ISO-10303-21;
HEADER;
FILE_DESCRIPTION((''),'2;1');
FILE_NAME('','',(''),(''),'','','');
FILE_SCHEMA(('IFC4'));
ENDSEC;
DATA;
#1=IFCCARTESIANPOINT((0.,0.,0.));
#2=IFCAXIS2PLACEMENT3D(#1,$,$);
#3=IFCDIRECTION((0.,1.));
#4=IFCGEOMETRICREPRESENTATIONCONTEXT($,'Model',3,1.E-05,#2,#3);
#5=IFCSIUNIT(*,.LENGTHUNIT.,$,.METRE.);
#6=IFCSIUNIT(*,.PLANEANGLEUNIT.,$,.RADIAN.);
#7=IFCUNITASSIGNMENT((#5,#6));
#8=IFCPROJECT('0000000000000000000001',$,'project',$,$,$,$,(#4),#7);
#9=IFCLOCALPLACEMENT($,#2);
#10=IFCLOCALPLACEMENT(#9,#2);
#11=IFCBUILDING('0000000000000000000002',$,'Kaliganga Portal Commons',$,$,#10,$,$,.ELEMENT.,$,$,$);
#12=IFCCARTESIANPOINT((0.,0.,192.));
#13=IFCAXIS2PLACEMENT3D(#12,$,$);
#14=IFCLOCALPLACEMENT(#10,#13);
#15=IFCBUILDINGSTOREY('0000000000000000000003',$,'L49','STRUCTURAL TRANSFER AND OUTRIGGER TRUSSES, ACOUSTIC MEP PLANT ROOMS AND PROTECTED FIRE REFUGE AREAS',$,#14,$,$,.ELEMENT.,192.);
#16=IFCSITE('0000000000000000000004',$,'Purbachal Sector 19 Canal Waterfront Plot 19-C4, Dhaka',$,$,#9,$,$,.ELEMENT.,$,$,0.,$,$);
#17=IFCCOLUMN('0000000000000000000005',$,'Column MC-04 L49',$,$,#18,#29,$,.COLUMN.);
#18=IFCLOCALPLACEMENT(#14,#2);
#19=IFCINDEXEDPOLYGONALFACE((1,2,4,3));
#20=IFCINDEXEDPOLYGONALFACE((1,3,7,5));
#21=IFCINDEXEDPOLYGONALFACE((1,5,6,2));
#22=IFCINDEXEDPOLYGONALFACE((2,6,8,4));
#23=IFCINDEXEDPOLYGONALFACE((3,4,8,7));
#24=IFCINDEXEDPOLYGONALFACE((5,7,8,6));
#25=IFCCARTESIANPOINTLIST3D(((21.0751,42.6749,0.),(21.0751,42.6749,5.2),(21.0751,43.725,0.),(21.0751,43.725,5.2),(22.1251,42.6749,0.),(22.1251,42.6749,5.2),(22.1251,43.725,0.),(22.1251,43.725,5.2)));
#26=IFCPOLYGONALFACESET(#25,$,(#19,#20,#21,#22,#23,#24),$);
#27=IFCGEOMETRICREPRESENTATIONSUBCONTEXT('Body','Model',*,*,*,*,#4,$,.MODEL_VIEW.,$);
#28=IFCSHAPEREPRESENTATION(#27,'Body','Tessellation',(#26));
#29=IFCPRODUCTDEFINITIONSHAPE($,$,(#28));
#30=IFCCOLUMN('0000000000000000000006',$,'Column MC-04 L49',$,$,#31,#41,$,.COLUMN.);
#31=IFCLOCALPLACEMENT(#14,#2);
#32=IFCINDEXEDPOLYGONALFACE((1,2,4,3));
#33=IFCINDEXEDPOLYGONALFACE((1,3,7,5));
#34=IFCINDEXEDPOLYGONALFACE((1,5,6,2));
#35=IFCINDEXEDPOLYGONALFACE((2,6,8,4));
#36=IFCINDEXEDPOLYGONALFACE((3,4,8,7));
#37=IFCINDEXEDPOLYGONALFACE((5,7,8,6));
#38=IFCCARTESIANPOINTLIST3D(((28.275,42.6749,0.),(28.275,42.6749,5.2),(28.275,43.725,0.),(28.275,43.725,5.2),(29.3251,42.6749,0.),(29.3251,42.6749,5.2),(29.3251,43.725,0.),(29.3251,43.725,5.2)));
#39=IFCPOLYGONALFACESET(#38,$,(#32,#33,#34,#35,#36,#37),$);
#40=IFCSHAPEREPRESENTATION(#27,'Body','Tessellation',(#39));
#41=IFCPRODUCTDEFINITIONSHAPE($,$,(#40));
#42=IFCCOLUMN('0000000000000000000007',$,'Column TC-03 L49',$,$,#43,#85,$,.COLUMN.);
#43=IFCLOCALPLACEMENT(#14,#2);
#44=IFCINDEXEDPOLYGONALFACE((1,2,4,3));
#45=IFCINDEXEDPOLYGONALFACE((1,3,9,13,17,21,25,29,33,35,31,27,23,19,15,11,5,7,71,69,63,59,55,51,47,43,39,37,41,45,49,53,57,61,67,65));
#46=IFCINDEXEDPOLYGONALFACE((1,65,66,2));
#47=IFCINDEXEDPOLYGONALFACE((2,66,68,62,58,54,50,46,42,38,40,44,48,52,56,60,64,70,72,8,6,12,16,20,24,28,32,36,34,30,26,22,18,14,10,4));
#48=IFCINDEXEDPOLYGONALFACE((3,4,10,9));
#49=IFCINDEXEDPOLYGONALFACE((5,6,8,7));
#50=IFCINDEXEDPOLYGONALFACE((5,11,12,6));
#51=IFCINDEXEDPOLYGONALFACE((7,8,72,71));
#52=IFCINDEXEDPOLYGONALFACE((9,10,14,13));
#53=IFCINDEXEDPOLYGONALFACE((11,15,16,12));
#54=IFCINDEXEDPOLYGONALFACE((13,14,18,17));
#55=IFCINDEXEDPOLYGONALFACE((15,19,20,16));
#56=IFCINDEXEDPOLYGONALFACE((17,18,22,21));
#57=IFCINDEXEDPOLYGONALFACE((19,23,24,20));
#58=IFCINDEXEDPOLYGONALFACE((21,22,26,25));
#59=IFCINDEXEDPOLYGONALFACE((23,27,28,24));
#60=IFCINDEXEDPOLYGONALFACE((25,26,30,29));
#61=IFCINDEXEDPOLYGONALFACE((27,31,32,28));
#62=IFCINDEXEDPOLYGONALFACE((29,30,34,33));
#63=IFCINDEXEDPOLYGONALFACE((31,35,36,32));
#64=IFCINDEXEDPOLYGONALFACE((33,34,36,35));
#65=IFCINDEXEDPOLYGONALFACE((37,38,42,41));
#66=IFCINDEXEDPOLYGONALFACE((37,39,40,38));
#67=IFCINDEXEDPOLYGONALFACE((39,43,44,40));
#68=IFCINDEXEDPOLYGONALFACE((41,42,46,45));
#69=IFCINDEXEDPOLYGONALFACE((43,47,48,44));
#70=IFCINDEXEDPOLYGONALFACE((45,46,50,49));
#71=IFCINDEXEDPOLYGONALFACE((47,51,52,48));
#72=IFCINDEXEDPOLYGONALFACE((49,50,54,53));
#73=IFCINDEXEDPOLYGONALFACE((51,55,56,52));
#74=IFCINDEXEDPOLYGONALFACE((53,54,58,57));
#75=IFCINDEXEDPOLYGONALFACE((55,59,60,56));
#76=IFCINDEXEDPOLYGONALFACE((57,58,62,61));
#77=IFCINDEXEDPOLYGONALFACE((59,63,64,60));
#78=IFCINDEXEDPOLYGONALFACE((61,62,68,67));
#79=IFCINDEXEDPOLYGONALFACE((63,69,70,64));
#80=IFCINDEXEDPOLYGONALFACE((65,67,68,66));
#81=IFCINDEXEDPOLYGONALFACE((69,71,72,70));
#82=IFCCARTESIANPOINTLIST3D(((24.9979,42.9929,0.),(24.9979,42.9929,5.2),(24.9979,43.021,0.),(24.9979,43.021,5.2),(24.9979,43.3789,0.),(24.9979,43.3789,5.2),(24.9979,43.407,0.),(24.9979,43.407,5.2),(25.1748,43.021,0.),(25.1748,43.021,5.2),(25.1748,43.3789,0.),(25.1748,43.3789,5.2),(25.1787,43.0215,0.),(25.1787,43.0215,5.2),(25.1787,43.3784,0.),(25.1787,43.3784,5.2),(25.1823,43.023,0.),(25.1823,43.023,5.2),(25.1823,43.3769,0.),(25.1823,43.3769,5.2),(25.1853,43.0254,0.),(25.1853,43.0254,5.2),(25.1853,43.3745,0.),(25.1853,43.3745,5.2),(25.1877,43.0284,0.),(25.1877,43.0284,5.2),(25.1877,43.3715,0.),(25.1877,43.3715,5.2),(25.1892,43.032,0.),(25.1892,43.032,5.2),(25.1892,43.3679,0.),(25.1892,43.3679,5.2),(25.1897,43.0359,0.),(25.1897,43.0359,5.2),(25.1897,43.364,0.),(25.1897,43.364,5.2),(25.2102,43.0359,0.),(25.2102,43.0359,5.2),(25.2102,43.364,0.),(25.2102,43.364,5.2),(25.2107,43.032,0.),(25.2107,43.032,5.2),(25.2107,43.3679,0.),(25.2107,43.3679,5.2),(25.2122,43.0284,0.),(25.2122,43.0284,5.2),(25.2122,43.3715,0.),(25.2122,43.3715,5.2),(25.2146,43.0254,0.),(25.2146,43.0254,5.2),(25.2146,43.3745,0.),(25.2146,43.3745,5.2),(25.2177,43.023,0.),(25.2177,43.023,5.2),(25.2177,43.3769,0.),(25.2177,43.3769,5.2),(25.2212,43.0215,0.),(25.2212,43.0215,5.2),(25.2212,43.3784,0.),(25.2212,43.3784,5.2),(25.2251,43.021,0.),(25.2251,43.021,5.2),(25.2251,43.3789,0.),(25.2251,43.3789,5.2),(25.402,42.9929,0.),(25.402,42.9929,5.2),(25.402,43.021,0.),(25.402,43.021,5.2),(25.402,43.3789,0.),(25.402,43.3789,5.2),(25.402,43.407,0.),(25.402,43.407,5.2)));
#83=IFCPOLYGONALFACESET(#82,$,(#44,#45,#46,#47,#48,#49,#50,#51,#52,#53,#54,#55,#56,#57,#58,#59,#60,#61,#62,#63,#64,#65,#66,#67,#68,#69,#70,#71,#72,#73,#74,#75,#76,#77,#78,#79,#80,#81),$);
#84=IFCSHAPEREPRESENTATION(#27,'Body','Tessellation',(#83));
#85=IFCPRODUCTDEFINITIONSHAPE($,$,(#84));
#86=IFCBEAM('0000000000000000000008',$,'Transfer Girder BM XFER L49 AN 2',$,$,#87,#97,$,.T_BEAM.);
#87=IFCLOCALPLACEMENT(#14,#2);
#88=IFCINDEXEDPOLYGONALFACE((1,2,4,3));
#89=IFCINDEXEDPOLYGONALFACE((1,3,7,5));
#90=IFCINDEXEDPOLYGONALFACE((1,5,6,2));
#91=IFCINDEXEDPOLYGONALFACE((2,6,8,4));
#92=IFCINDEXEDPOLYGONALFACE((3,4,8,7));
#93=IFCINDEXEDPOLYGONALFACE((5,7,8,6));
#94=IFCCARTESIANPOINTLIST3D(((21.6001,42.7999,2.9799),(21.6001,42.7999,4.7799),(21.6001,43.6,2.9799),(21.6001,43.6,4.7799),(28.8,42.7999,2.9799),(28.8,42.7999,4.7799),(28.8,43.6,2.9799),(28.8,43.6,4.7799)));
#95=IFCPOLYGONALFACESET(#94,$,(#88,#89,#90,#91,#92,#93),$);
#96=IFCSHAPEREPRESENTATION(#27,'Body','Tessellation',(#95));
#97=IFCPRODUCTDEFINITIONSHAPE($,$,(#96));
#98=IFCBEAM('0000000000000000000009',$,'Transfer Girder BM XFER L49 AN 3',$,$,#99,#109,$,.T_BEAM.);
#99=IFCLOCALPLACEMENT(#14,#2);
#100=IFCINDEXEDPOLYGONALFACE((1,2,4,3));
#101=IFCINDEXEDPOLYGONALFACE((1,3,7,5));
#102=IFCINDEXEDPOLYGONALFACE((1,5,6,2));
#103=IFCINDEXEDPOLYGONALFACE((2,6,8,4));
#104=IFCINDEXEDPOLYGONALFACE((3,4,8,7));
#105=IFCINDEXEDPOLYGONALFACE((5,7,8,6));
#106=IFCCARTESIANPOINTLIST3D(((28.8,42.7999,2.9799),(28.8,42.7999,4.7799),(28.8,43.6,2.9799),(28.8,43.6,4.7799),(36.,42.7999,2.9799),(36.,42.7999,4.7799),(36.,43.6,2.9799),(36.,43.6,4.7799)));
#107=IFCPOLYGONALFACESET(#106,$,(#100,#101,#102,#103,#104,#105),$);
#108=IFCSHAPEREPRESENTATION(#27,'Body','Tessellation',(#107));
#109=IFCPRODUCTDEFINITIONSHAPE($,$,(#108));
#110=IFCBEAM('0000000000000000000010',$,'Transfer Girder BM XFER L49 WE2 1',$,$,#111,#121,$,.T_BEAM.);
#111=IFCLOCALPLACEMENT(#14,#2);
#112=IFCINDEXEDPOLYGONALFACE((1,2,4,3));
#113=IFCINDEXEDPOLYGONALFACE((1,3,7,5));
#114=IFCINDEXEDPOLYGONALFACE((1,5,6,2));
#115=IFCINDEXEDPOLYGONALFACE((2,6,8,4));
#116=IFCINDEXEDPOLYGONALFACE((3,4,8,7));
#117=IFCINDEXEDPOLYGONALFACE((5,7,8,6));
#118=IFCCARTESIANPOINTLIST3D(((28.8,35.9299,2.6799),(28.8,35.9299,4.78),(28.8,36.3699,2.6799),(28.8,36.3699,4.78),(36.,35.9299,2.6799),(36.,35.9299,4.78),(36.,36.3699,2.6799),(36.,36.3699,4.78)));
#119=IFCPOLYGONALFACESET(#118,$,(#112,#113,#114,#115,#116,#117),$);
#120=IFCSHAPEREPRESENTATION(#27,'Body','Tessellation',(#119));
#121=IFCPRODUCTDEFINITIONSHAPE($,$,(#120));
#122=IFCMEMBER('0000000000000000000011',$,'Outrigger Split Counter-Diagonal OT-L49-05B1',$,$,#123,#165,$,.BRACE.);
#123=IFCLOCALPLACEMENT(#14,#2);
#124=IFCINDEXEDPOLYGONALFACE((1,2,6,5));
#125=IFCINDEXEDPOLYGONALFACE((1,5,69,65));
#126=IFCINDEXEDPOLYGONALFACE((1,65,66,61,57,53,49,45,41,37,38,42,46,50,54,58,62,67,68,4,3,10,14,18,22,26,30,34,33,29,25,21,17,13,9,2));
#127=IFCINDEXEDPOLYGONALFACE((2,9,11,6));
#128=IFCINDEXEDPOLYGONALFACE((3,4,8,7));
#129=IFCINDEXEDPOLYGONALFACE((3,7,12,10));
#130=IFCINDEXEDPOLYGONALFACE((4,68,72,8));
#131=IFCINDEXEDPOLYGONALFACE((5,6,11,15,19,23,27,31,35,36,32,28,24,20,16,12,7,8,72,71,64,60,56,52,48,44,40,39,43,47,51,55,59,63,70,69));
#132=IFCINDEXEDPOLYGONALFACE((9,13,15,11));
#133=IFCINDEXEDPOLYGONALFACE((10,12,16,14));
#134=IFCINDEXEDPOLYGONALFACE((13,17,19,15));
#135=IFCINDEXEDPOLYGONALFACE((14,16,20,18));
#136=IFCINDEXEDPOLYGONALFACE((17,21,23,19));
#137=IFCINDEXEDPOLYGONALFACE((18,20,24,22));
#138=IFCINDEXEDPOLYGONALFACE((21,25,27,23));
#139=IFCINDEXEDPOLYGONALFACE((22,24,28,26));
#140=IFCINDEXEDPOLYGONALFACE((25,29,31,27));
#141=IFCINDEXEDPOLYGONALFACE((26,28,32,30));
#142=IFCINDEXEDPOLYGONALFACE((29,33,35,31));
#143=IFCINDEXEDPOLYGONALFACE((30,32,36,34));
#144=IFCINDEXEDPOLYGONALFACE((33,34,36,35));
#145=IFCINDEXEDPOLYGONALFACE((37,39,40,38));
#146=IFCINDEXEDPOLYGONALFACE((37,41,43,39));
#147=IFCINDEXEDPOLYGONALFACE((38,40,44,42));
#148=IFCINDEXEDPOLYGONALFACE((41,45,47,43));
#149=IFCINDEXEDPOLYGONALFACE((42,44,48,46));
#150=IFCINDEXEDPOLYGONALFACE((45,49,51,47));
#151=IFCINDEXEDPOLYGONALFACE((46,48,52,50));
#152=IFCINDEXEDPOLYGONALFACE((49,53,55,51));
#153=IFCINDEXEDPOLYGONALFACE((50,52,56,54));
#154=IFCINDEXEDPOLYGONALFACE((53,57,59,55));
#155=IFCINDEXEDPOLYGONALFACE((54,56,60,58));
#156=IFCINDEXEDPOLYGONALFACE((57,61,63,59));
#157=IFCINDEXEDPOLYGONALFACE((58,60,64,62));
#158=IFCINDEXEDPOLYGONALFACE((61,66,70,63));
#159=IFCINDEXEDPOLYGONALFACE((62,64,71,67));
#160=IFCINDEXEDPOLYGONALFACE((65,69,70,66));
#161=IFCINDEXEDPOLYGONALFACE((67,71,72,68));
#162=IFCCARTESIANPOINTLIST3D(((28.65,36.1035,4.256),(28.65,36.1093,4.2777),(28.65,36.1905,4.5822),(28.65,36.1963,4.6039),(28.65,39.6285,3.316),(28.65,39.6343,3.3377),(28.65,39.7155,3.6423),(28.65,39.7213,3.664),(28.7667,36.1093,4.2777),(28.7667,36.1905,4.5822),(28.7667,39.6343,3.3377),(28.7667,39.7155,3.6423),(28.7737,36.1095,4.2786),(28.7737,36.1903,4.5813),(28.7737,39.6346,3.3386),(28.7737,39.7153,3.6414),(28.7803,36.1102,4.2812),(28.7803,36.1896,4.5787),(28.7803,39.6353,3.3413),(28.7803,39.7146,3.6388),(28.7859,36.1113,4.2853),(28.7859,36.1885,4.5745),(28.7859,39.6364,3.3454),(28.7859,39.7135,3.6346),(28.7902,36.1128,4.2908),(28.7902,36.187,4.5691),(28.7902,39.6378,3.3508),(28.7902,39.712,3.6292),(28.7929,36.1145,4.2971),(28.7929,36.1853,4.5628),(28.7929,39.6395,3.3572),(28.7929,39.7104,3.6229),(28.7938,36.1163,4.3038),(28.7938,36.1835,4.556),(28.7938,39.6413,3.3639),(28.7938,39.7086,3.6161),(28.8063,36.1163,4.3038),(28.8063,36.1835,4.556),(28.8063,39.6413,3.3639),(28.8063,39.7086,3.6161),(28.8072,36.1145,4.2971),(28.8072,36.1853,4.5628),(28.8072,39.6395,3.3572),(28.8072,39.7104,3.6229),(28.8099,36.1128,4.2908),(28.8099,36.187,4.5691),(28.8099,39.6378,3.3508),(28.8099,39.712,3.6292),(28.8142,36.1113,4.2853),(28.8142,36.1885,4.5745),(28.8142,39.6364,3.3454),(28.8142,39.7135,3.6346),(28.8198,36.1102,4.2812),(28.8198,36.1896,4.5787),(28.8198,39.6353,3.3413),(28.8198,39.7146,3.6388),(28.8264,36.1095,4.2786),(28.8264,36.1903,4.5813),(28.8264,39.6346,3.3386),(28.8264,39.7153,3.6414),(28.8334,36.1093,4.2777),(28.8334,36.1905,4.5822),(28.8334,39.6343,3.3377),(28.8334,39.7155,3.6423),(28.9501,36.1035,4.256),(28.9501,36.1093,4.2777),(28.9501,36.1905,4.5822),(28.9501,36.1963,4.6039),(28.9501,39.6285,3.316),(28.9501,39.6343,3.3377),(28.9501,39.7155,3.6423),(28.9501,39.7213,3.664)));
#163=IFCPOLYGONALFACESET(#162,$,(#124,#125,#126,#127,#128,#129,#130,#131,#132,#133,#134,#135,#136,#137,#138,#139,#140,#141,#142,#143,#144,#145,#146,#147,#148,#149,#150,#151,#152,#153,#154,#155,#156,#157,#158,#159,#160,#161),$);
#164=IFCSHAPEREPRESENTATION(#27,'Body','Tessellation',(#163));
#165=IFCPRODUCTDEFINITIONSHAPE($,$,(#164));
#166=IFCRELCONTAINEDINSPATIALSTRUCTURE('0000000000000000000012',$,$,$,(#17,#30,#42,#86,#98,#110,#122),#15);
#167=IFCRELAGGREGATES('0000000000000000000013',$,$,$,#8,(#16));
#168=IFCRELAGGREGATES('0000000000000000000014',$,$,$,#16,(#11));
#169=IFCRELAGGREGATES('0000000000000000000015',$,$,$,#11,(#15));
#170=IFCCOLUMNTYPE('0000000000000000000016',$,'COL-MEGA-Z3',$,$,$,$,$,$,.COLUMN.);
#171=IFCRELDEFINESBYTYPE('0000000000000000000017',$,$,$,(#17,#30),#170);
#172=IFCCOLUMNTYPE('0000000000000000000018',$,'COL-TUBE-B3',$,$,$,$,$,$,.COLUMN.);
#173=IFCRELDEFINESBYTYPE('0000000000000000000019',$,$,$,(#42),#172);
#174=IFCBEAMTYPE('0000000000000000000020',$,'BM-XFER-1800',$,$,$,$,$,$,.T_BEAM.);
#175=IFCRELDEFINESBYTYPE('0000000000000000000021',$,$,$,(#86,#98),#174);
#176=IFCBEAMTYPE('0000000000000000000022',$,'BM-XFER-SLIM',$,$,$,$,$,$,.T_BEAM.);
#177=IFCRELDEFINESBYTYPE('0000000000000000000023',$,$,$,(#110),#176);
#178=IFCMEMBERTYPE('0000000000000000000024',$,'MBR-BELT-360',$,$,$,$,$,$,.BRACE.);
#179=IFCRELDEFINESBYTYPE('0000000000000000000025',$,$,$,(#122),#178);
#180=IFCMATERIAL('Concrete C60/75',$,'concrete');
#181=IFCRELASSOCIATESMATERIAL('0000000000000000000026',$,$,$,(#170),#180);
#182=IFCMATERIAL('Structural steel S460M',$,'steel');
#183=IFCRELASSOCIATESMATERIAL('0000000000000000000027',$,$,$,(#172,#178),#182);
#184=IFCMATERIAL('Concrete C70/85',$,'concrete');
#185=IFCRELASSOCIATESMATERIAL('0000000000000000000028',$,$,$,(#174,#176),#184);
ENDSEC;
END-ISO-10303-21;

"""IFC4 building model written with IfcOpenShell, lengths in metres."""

from ifc_helpers import new_model, si_unit, direction, frame, origin, origin_2d, place, context, subcontext, project, spatial, rectangle, i_section, extrude, source, transform, mapped, material, material_profile, profile_set, type_object, element, save


model = new_model("IFC4")

# Units and contexts
model_context = context("Model", 3, precision=1e-05, world=origin(), true_north=direction((0.0, 1.0)))
body_context = subcontext(model_context, "Body", "Model", "MODEL_VIEW")
ifc_project = project(units=[si_unit("LENGTHUNIT", "METRE"), si_unit("PLANEANGLEUNIT", "RADIAN")], contexts=[model_context])

# Site, building, storey
site_placement = place(None, origin())
site = spatial("IfcSite", under=ifc_project, at=site_placement, Name="Purbachal Sector 19 Canal Waterfront Plot 19-C4, Dhaka", CompositionType="ELEMENT", RefElevation=0.0)
building_placement = place(site_placement, origin())
building = spatial("IfcBuilding", under=site, at=building_placement, Name="Kaliganga Portal Commons", CompositionType="ELEMENT")
storey_placement = place(building_placement, frame((0.0, 0.0, 192.0)))
storey = spatial("IfcBuildingStorey", under=building, at=storey_placement, Name="L49", Description="STRUCTURAL TRANSFER AND OUTRIGGER TRUSSES, ACOUSTIC MEP PLANT ROOMS AND PROTECTED FIRE REFUGE AREAS", CompositionType="ELEMENT", Elevation=192.0)

# Columns
ifc_material_1 = material(Name="Concrete C60/75", Category="concrete")
ifc_material_profile_1 = material_profile(ifc_material_1, rectangle(XDim=1.05, YDim=1.05, at=origin_2d()), Name="RC 1050x1050")
ifc_profile_set_1 = profile_set([ifc_material_profile_1], Name="Concrete C60/75")
column_type_1 = type_object("IfcColumnType", Name="COL-MEGA-Z3", PredefinedType="COLUMN", material=ifc_profile_set_1)
shared_shape_1 = source(origin(), body_context, "Body", "SweptSolid", [
    extrude(rectangle(XDim=1.05, YDim=1.05, at=origin_2d()), origin(), (0.0, 0.0, 1.0), 5.2),
])
for number, where, z_axis, x_axis, name in (
    (1, (21.6001, 43.2, 0.0), (0.0, 0.0, 1.0), (1.0, 0.0, 0.0), "Column MC-04 L49"),
    (2, (28.8, 43.2, 0.0), (0.0, 0.0, 1.0), (1.0, 0.0, 0.0), "Column MC-04 L49"),
):
    element("IfcColumn", number, at=place(storey_placement, frame(where, z_axis=z_axis, x_axis=x_axis)), inside=storey, type_object=column_type_1, Name=name, PredefinedType="COLUMN", context=body_context, shape_type="MappedRepresentation", body=[
        mapped(shared_shape_1, transform((0.0, 0.0, 0.0), x_axis=(1.0, 0.0, 0.0), y_axis=(0.0, 1.0, 0.0), z_axis=(0.0, 0.0, 1.0), scale=1.0)),
    ])
ifc_material_2 = material(Name="Structural steel S460M", Category="steel")
ifc_material_profile_2 = material_profile(ifc_material_2, i_section(OverallWidth=0.4041, OverallDepth=0.4141, WebThickness=0.0205, FlangeThickness=0.0281, FilletRadius=0.0149, at=origin_2d()), Name="HD 400x347")
ifc_profile_set_2 = profile_set([ifc_material_profile_2], Name="Structural steel S460M wide-flange")
column_type_2 = type_object("IfcColumnType", Name="COL-TUBE-B3", PredefinedType="COLUMN", material=ifc_profile_set_2)
shared_shape_2 = source(origin(), body_context, "Body", "SweptSolid", [
    extrude(i_section(OverallWidth=0.4041, OverallDepth=0.4141, WebThickness=0.0205, FlangeThickness=0.0281, FilletRadius=0.0149, at=origin_2d()), origin(), (0.0, 0.0, 1.0), 5.2),
])
column_placement = place(storey_placement, frame((25.2, 43.2, 0.0), z_axis=(0.0, 0.0, 1.0), x_axis=(1.0, 0.0, 0.0)))
element("IfcColumn", 3, at=column_placement, inside=storey, type_object=column_type_2, Name="Column TC-03 L49", PredefinedType="COLUMN", context=body_context, shape_type="MappedRepresentation", body=[
    mapped(shared_shape_2, transform((0.0, 0.0, 0.0), x_axis=(1.0, 0.0, 0.0), y_axis=(0.0, 1.0, 0.0), z_axis=(0.0, 0.0, 1.0), scale=1.0)),
])

# Beams
ifc_material_3 = material(Name="Concrete C70/85", Category="concrete")
ifc_material_profile_3 = material_profile(ifc_material_3, rectangle(XDim=0.8, YDim=1.8, at=origin_2d()), Name="RC 800x1800")
ifc_profile_set_3 = profile_set([ifc_material_profile_3], Name="Concrete C70/85")
beam_type_1 = type_object("IfcBeamType", Name="BM-XFER-1800", PredefinedType="T_BEAM", material=ifc_profile_set_3)
shared_shape_3 = source(origin(), body_context, "Body", "SweptSolid", [
    extrude(rectangle(XDim=0.8, YDim=1.8, at=origin_2d()), origin(), (0.0, 0.0, 1.0), 7.2),
])
for number, where, z_axis, x_axis, name in (
    (4, (21.6001, 43.2, 3.8799), (1.0, 0.0, 0.0), (0.0, 1.0, 0.0), "Transfer Girder BM XFER L49 AN 2"),
    (5, (28.8, 43.2, 3.8799), (1.0, 0.0, 0.0), (0.0, 1.0, 0.0), "Transfer Girder BM XFER L49 AN 3"),
):
    element("IfcBeam", number, at=place(storey_placement, frame(where, z_axis=z_axis, x_axis=x_axis)), inside=storey, type_object=beam_type_1, Name=name, PredefinedType="T_BEAM", context=body_context, shape_type="MappedRepresentation", body=[
        mapped(shared_shape_3, transform((0.0, 0.0, 0.0), x_axis=(1.0, 0.0, 0.0), y_axis=(0.0, 1.0, 0.0), z_axis=(0.0, 0.0, 1.0), scale=1.0)),
    ])
ifc_material_profile_4 = material_profile(ifc_material_3, rectangle(XDim=0.4399, YDim=2.1001, at=origin_2d()), Name="RC 440x2100")
ifc_profile_set_4 = profile_set([ifc_material_profile_4], Name="Concrete C70/85")
beam_type_2 = type_object("IfcBeamType", Name="BM-XFER-SLIM", PredefinedType="T_BEAM", material=ifc_profile_set_4)
shared_shape_4 = source(origin(), body_context, "Body", "SweptSolid", [
    extrude(rectangle(XDim=0.4399, YDim=2.1001, at=origin_2d()), origin(), (0.0, 0.0, 1.0), 7.2),
])
beam_placement = place(storey_placement, frame((28.8, 36.1499, 3.73), z_axis=(1.0, 0.0, 0.0), x_axis=(0.0, 1.0, 0.0)))
element("IfcBeam", 6, at=beam_placement, inside=storey, type_object=beam_type_2, Name="Transfer Girder BM XFER L49 WE2 1", PredefinedType="T_BEAM", context=body_context, shape_type="MappedRepresentation", body=[
    mapped(shared_shape_4, transform((0.0, 0.0, 0.0), x_axis=(1.0, 0.0, 0.0), y_axis=(0.0, 1.0, 0.0), z_axis=(0.0, 0.0, 1.0), scale=1.0)),
])

# Member
ifc_material_profile_5 = material_profile(ifc_material_2, i_section(OverallWidth=0.3, OverallDepth=0.3601, WebThickness=0.0125, FlangeThickness=0.0225, FilletRadius=0.0271, at=origin_2d()), Name="HE 360 B")
ifc_profile_set_5 = profile_set([ifc_material_profile_5], Name="Structural steel S460M wide-flange")
member_type_1 = type_object("IfcMemberType", Name="MBR-BELT-360", PredefinedType="BRACE", material=ifc_profile_set_5)
shared_shape_5 = source(origin(), body_context, "Body", "SweptSolid", [
    extrude(i_section(OverallWidth=0.3, OverallDepth=0.3601, WebThickness=0.0125, FlangeThickness=0.0225, FilletRadius=0.0271, at=origin_2d()), origin(), (0.0, 0.0, 1.0), 3.6482),
])
for number, where, z_axis, x_axis, name in (
    (7, (28.8, 36.1499, 4.4299), (0.0, 0.966242, -0.257638), (-1.0, 0.0, 0.0), "Outrigger Split Counter-Diagonal OT-L49-05B1"),
):
    element("IfcMember", number, at=place(storey_placement, frame(where, z_axis=z_axis, x_axis=x_axis)), inside=storey, type_object=member_type_1, Name=name, PredefinedType="BRACE", context=body_context, shape_type="MappedRepresentation", body=[
        mapped(shared_shape_5, transform((0.0, 0.0, 0.0), x_axis=(1.0, 0.0, 0.0), y_axis=(0.0, 1.0, 0.0), z_axis=(0.0, 0.0, 1.0), scale=1.0)),
    ])

save(model, "model.ifc")
